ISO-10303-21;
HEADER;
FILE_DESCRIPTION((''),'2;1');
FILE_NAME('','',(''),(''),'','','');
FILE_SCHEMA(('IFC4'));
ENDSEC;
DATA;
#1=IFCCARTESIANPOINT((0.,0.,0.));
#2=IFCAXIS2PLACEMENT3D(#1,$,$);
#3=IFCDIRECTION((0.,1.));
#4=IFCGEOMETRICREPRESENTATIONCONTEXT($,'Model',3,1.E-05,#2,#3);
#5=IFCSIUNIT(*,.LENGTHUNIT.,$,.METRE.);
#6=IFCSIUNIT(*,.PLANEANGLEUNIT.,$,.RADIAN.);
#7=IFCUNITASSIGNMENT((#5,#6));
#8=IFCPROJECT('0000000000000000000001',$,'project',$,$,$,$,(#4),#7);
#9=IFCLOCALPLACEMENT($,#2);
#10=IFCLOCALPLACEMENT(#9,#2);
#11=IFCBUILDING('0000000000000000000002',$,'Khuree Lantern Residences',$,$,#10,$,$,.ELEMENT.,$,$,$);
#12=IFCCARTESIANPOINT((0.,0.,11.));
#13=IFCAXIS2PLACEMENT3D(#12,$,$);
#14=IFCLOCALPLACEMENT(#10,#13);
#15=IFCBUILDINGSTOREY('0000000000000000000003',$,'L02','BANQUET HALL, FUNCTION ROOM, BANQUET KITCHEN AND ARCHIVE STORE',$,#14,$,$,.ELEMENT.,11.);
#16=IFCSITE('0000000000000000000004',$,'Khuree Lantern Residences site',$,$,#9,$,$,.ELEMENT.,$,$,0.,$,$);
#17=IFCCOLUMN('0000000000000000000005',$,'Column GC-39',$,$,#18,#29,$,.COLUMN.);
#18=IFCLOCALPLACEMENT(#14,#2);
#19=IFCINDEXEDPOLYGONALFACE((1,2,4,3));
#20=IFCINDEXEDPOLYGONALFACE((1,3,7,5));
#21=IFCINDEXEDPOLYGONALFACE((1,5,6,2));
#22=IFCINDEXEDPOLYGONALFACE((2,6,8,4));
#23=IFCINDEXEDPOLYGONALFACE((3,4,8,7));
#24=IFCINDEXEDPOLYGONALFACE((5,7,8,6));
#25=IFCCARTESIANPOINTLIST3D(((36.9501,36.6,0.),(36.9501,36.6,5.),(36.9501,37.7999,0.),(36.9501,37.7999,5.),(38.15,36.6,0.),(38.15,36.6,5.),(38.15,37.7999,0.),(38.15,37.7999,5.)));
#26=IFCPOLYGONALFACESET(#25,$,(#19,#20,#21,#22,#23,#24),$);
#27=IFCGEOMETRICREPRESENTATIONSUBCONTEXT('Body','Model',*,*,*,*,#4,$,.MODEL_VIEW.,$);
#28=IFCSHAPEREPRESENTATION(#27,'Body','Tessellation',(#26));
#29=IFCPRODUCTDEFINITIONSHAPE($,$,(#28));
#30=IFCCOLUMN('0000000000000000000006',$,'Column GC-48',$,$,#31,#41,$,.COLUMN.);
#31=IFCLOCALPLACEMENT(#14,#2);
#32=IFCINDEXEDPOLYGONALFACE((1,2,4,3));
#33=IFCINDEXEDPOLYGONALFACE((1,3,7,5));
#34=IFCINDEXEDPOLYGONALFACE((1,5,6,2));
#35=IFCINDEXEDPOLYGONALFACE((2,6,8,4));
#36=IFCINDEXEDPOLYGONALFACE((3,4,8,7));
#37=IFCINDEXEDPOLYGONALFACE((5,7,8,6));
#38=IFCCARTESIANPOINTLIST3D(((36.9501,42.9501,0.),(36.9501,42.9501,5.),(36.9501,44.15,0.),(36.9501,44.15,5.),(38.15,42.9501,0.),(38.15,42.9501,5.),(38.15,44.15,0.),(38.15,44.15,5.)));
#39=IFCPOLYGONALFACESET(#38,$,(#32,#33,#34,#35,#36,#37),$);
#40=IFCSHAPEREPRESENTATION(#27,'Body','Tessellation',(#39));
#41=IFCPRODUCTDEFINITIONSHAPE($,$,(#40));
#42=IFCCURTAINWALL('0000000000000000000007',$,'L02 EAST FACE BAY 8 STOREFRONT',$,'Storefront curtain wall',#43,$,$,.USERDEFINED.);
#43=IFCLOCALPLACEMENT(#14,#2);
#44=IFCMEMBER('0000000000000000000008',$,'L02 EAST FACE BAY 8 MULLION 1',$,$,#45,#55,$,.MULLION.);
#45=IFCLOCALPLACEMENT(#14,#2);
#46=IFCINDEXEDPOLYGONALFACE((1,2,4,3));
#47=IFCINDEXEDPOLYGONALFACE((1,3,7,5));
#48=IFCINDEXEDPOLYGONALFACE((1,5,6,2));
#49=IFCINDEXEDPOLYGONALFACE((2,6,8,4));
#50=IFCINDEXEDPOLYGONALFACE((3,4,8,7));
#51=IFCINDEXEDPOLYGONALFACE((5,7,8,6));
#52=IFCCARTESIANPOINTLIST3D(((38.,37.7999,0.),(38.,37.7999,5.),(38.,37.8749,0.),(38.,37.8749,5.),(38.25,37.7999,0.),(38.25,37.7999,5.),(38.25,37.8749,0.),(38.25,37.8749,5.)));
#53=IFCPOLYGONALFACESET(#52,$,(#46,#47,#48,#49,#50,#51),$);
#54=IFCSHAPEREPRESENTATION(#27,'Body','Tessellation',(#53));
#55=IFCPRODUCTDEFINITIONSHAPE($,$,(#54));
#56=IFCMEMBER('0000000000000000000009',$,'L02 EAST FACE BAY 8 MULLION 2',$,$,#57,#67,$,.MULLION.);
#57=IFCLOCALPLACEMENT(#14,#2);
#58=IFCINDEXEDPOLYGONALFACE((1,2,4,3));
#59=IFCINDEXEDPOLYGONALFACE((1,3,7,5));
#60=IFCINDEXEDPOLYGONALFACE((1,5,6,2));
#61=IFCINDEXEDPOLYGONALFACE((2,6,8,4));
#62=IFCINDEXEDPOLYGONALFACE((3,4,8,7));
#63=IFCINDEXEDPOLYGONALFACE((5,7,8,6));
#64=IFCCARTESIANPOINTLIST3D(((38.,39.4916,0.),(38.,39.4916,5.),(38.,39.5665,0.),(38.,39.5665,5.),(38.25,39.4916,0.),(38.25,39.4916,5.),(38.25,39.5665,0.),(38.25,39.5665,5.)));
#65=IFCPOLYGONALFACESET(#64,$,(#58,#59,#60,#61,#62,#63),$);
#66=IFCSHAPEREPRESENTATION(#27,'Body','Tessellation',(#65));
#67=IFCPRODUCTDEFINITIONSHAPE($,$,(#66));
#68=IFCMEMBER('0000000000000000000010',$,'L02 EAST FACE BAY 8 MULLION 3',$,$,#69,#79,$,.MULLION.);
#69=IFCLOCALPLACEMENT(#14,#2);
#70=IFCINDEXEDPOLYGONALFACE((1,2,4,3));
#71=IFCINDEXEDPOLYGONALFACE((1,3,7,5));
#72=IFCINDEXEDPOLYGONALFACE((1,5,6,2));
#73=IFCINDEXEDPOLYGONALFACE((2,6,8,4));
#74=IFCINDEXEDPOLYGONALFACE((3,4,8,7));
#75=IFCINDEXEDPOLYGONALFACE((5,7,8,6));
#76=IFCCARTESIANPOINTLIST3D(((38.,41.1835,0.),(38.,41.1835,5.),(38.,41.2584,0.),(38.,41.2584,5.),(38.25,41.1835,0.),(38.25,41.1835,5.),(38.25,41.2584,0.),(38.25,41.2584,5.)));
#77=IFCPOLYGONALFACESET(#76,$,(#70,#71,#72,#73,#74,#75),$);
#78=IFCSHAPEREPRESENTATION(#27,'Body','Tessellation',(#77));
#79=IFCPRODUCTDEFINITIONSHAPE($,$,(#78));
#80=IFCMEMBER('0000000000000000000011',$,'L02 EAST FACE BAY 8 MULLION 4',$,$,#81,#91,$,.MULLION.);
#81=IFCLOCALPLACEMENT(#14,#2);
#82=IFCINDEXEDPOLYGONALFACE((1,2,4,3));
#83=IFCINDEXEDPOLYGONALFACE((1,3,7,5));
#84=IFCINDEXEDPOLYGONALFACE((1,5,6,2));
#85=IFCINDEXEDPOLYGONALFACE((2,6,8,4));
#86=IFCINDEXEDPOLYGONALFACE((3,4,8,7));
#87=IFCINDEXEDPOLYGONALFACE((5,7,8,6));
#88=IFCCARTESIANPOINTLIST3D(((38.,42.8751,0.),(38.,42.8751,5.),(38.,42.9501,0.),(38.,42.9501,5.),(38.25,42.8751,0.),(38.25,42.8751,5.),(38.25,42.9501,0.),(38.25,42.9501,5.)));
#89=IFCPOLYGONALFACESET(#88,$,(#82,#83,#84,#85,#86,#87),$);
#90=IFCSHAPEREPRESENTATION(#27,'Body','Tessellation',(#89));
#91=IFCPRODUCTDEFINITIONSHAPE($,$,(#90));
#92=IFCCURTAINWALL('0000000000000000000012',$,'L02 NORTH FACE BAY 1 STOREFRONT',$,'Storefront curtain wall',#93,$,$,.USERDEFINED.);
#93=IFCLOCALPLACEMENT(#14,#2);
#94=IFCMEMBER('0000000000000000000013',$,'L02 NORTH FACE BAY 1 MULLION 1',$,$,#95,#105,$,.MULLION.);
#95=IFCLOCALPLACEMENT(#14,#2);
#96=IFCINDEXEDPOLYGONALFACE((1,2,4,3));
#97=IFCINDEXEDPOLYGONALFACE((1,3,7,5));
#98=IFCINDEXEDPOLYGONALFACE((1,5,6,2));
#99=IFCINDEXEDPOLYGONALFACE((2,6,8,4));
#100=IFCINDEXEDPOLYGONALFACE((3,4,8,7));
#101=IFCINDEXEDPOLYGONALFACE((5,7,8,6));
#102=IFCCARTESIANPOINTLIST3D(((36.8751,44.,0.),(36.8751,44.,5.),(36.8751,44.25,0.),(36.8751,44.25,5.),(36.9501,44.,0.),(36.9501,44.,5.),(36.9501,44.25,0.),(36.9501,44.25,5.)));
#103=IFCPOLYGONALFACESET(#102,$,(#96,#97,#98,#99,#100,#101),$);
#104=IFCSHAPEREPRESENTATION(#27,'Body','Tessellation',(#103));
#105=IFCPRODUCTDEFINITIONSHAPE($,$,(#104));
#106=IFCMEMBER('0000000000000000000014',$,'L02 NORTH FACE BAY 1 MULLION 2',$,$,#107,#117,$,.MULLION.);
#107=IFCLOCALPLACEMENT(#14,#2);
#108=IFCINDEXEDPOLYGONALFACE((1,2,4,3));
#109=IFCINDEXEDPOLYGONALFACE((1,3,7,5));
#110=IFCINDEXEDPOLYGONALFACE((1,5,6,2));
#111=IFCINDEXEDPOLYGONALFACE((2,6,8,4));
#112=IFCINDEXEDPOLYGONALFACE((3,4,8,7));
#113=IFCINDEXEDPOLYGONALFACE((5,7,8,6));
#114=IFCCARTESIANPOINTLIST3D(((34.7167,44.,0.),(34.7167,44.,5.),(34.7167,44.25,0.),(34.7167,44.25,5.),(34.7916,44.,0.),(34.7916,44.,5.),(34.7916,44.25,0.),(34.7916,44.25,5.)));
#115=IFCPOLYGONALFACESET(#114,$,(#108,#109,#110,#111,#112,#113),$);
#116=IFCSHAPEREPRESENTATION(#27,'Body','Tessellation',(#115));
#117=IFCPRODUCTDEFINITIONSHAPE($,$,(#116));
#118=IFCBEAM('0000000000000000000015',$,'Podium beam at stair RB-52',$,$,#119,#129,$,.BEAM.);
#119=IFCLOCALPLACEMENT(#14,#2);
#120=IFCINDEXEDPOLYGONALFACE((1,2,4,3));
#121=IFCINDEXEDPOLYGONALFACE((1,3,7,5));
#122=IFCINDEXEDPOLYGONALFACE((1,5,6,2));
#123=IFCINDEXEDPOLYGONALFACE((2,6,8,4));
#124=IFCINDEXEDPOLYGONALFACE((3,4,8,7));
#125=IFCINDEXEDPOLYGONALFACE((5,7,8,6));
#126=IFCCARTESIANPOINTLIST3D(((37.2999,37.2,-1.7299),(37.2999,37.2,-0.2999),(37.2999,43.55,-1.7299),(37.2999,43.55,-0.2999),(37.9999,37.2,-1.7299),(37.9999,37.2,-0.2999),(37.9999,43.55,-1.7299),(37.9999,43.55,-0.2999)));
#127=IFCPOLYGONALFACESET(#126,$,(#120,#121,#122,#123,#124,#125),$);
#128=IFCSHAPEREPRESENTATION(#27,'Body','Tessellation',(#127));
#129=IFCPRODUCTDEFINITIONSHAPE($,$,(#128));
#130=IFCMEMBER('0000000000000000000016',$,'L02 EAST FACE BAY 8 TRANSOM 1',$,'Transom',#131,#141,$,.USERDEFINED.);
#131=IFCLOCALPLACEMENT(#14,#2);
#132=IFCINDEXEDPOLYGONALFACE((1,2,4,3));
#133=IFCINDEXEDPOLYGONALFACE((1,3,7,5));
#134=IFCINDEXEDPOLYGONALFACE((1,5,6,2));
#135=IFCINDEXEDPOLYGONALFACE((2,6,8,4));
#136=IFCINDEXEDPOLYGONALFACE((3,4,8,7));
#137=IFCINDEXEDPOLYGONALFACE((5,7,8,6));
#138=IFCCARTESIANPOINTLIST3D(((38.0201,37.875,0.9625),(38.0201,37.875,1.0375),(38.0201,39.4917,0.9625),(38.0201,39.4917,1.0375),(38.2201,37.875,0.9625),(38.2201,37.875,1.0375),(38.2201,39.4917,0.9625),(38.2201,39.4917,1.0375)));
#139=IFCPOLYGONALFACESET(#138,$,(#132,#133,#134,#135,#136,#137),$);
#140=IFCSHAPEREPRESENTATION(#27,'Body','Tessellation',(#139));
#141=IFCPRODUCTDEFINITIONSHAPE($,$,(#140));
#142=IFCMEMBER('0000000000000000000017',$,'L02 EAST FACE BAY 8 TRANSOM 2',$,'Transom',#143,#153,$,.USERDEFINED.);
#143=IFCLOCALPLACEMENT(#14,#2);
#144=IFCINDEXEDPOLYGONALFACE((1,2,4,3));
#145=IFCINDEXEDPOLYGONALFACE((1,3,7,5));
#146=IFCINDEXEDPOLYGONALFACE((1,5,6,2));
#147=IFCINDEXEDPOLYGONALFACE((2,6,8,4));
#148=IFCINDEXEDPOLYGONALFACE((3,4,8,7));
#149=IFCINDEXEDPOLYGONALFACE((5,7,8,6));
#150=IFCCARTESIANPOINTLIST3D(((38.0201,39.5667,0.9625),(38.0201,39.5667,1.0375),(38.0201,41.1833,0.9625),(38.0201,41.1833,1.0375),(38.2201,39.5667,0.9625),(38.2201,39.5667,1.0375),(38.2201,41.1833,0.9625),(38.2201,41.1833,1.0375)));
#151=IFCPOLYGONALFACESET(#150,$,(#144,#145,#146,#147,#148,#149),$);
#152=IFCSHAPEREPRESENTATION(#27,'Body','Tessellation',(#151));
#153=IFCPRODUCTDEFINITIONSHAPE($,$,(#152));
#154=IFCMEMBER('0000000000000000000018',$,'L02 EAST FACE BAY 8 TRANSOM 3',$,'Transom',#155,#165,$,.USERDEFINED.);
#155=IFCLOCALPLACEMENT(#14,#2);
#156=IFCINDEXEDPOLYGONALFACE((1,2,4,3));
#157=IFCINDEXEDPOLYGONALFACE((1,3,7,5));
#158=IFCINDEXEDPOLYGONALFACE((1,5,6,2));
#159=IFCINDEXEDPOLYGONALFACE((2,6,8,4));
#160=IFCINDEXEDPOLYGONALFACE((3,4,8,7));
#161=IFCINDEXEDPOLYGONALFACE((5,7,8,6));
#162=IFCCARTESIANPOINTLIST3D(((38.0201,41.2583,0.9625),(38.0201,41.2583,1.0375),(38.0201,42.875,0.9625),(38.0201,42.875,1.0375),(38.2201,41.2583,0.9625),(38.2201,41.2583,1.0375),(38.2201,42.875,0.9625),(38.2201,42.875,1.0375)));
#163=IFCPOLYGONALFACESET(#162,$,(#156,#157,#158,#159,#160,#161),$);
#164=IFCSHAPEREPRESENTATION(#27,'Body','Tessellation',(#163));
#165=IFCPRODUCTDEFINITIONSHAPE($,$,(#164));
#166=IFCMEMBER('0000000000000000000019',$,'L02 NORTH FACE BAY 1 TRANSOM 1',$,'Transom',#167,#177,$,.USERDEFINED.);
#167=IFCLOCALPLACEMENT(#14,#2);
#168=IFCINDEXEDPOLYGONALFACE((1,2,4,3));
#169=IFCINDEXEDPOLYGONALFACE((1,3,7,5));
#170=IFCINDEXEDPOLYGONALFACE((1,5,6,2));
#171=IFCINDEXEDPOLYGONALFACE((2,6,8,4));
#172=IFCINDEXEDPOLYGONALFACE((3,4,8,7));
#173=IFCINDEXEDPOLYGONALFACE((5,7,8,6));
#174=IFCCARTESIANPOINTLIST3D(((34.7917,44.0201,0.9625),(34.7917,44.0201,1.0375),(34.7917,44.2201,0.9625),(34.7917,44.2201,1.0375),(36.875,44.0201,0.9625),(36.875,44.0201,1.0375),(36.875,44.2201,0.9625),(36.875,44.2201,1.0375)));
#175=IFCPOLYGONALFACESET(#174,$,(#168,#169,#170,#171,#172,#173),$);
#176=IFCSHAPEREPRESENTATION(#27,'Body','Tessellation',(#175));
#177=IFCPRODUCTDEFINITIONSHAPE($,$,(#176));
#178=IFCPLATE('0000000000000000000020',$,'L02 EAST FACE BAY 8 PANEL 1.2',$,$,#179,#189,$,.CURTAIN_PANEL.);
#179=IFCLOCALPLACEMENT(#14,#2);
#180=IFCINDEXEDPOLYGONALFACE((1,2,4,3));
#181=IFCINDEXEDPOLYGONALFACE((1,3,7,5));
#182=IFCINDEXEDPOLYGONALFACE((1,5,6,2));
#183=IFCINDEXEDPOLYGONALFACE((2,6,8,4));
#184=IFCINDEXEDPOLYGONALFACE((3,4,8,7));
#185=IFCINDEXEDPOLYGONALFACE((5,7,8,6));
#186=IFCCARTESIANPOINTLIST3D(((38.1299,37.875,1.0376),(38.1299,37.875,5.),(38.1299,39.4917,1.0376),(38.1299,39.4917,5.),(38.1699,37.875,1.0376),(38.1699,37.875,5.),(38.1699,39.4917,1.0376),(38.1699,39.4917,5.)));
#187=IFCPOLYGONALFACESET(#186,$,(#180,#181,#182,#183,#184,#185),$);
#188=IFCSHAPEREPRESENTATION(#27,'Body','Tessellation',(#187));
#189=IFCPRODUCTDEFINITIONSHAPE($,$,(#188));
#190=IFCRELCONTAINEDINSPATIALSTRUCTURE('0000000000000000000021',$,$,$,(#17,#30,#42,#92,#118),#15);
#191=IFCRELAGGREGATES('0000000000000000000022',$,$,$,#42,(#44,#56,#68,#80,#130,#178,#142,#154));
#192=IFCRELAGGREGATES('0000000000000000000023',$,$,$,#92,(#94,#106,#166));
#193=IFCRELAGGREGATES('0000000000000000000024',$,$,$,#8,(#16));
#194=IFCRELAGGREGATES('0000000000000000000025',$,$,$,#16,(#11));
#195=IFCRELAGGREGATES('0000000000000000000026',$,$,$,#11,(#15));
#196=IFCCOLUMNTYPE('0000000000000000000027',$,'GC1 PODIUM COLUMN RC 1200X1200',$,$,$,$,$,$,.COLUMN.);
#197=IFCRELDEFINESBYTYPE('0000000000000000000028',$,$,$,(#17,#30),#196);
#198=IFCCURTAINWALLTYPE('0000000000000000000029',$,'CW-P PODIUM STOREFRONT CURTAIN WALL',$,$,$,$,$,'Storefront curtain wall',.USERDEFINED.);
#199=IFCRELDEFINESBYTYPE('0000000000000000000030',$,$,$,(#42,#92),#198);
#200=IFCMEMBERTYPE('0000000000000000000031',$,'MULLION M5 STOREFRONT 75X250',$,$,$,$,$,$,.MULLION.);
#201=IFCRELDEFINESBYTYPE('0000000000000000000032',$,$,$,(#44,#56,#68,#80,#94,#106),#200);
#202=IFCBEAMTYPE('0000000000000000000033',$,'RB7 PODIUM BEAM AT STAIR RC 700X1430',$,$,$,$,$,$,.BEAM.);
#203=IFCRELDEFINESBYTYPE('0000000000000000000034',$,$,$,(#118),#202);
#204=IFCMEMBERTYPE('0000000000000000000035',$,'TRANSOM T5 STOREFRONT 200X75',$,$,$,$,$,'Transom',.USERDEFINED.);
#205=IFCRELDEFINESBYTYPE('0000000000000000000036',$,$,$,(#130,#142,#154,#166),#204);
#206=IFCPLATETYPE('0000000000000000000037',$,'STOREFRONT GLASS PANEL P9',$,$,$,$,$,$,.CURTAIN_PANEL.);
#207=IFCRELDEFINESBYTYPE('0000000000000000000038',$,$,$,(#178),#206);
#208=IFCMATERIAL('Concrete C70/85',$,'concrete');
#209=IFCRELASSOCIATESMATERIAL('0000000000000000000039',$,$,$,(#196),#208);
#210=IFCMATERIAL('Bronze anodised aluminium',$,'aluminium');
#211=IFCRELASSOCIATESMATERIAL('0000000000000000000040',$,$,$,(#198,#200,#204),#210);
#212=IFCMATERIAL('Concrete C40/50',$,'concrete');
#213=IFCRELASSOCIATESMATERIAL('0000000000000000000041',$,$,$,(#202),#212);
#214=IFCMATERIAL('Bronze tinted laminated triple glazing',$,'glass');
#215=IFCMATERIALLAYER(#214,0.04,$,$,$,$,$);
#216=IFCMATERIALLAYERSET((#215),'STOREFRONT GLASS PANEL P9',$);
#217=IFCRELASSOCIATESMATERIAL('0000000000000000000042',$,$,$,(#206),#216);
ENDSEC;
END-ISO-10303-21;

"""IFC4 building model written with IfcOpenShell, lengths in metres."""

from ifc_helpers import new_model, si_unit, direction, frame, origin, origin_2d, place, context, subcontext, project, spatial, rectangle, extrude, material, layer, layer_set, material_profile, profile_set, type_object, element, aggregate, save


model = new_model("IFC4")

# Units and contexts
model_context = context("Model", 3, precision=1e-05, world=origin(), true_north=direction((0.0, 1.0)))
body_context = subcontext(model_context, "Body", "Model", "MODEL_VIEW")
ifc_project = project(units=[si_unit("LENGTHUNIT", "METRE"), si_unit("PLANEANGLEUNIT", "RADIAN")], contexts=[model_context])

# Site, building, storey
site_placement = place(None, origin())
site = spatial("IfcSite", under=ifc_project, at=site_placement, Name="Khuree Lantern Residences site", CompositionType="ELEMENT", RefElevation=0.0)
building_placement = place(site_placement, origin())
building = spatial("IfcBuilding", under=site, at=building_placement, Name="Khuree Lantern Residences", CompositionType="ELEMENT")
storey_placement = place(building_placement, frame((0.0, 0.0, 11.0)))
storey = spatial("IfcBuildingStorey", under=building, at=storey_placement, Name="L02", Description="BANQUET HALL, FUNCTION ROOM, BANQUET KITCHEN AND ARCHIVE STORE", CompositionType="ELEMENT", Elevation=11.0)

# Columns
ifc_material_1 = material(Name="Concrete C70/85", Category="concrete")
ifc_material_profile_1 = material_profile(ifc_material_1, rectangle(XDim=1.2, YDim=1.2, at=origin_2d()), Name="RC 1200X1200")
ifc_profile_set_1 = profile_set([ifc_material_profile_1], Name="Concrete C70/85")
column_type = type_object("IfcColumnType", Name="GC1 PODIUM COLUMN RC 1200X1200", PredefinedType="COLUMN", material=ifc_profile_set_1)
for number, where, z_axis, x_axis, name in (
    (1, (37.55, 37.2, 0.0), (0.0, 0.0, 1.0), (1.0, 0.0, 0.0), "Column GC-39"),
    (2, (37.55, 43.55, 0.0), (0.0, 0.0, 1.0), (1.0, 0.0, 0.0), "Column GC-48"),
):
    element("IfcColumn", number, at=place(storey_placement, frame(where, z_axis=z_axis, x_axis=x_axis)), inside=storey, type_object=column_type, Name=name, PredefinedType="COLUMN", context=body_context, shape_type="SweptSolid", body=[
        extrude(rectangle(XDim=1.2, YDim=1.2, at=origin_2d()), origin(), (0.0, 0.0, 1.0), 5.0),
    ])

# Curtain walls, members
ifc_material_2 = material(Name="Bronze anodised aluminium", Category="aluminium")
curtain_wall_type = type_object("IfcCurtainWallType", Name="CW-P PODIUM STOREFRONT CURTAIN WALL", ElementType="Storefront curtain wall", PredefinedType="USERDEFINED", material=ifc_material_2)
curtain_wall_1_placement = place(storey_placement, origin())
curtain_wall_1 = element("IfcCurtainWall", 3, at=curtain_wall_1_placement, inside=storey, type_object=curtain_wall_type, Name="L02 EAST FACE BAY 8 STOREFRONT", ObjectType="Storefront curtain wall", PredefinedType="USERDEFINED")
ifc_material_profile_2 = material_profile(ifc_material_2, rectangle(XDim=0.075, YDim=0.25, at=origin_2d()), Name="M5 75X250")
ifc_profile_set_2 = profile_set([ifc_material_profile_2], Name="Bronze anodised aluminium")
member_type_1 = type_object("IfcMemberType", Name="MULLION M5 STOREFRONT 75X250", PredefinedType="MULLION", material=ifc_profile_set_2)
member_1_placement = place(storey_placement, frame((38.125, 37.8374, 0.0), z_axis=(0.0, 0.0, 1.0), x_axis=(0.0, 1.0, 0.0)))
member_1 = element("IfcMember", 4, at=member_1_placement, type_object=member_type_1, Name="L02 EAST FACE BAY 8 MULLION 1", PredefinedType="MULLION", context=body_context, shape_type="SweptSolid", body=[
    extrude(rectangle(XDim=0.075, YDim=0.25, at=origin_2d()), origin(), (0.0, 0.0, 1.0), 5.0),
])
member_2_placement = place(storey_placement, frame((38.125, 39.5291, 0.0), z_axis=(0.0, 0.0, 1.0), x_axis=(0.0, 1.0, 0.0)))
member_2 = element("IfcMember", 5, at=member_2_placement, type_object=member_type_1, Name="L02 EAST FACE BAY 8 MULLION 2", PredefinedType="MULLION", context=body_context, shape_type="SweptSolid", body=[
    extrude(rectangle(XDim=0.075, YDim=0.25, at=origin_2d()), origin(), (0.0, 0.0, 1.0), 5.0),
])
member_3_placement = place(storey_placement, frame((38.125, 41.2209, 0.0), z_axis=(0.0, 0.0, 1.0), x_axis=(0.0, 1.0, 0.0)))
member_3 = element("IfcMember", 6, at=member_3_placement, type_object=member_type_1, Name="L02 EAST FACE BAY 8 MULLION 3", PredefinedType="MULLION", context=body_context, shape_type="SweptSolid", body=[
    extrude(rectangle(XDim=0.075, YDim=0.25, at=origin_2d()), origin(), (0.0, 0.0, 1.0), 5.0),
])
member_4_placement = place(storey_placement, frame((38.125, 42.9126, 0.0), z_axis=(0.0, 0.0, 1.0), x_axis=(0.0, 1.0, 0.0)))
member_4 = element("IfcMember", 7, at=member_4_placement, type_object=member_type_1, Name="L02 EAST FACE BAY 8 MULLION 4", PredefinedType="MULLION", context=body_context, shape_type="SweptSolid", body=[
    extrude(rectangle(XDim=0.075, YDim=0.25, at=origin_2d()), origin(), (0.0, 0.0, 1.0), 5.0),
])
curtain_wall_2_placement = place(storey_placement, origin())
curtain_wall_2 = element("IfcCurtainWall", 8, at=curtain_wall_2_placement, inside=storey, type_object=curtain_wall_type, Name="L02 NORTH FACE BAY 1 STOREFRONT", ObjectType="Storefront curtain wall", PredefinedType="USERDEFINED")
member_5_placement = place(storey_placement, frame((36.9126, 44.125, 0.0), z_axis=(0.0, 0.0, 1.0), x_axis=(-1.0, 0.0, 0.0)))
member_5 = element("IfcMember", 9, at=member_5_placement, type_object=member_type_1, Name="L02 NORTH FACE BAY 1 MULLION 1", PredefinedType="MULLION", context=body_context, shape_type="SweptSolid", body=[
    extrude(rectangle(XDim=0.075, YDim=0.25, at=origin_2d()), origin(), (0.0, 0.0, 1.0), 5.0),
])
member_6_placement = place(storey_placement, frame((34.7542, 44.125, 0.0), z_axis=(0.0, 0.0, 1.0), x_axis=(-1.0, 0.0, 0.0)))
member_6 = element("IfcMember", 10, at=member_6_placement, type_object=member_type_1, Name="L02 NORTH FACE BAY 1 MULLION 2", PredefinedType="MULLION", context=body_context, shape_type="SweptSolid", body=[
    extrude(rectangle(XDim=0.075, YDim=0.25, at=origin_2d()), origin(), (0.0, 0.0, 1.0), 5.0),
])

# Beam
ifc_material_3 = material(Name="Concrete C40/50", Category="concrete")
ifc_material_profile_3 = material_profile(ifc_material_3, rectangle(XDim=0.7, YDim=1.4299, at=origin_2d()), Name="RC 700X1430")
ifc_profile_set_3 = profile_set([ifc_material_profile_3], Name="Concrete C40/50")
beam_type = type_object("IfcBeamType", Name="RB7 PODIUM BEAM AT STAIR RC 700X1430", PredefinedType="BEAM", material=ifc_profile_set_3)
beam_placement = place(storey_placement, frame((37.6499, 37.2, -1.0149), z_axis=(0.0, 1.0, 0.0), x_axis=(-1.0, 0.0, 0.0)))
element("IfcBeam", 11, at=beam_placement, inside=storey, type_object=beam_type, Name="Podium beam at stair RB-52", PredefinedType="BEAM", context=body_context, shape_type="SweptSolid", body=[
    extrude(rectangle(XDim=0.7, YDim=1.4299, at=origin_2d()), origin(), (0.0, 0.0, 1.0), 6.3501),
])

# Members
ifc_material_profile_4 = material_profile(ifc_material_2, rectangle(XDim=0.2, YDim=0.075, at=origin_2d()), Name="T5 200X75")
ifc_profile_set_4 = profile_set([ifc_material_profile_4], Name="Bronze anodised aluminium")
member_type_2 = type_object("IfcMemberType", Name="TRANSOM T5 STOREFRONT 200X75", ElementType="Transom", PredefinedType="USERDEFINED", material=ifc_profile_set_4)
member_7_placement = place(storey_placement, frame((38.1201, 37.875, 1.0), z_axis=(0.0, 1.0, 0.0), x_axis=(-1.0, 0.0, 0.0)))
member_7 = element("IfcMember", 12, at=member_7_placement, type_object=member_type_2, Name="L02 EAST FACE BAY 8 TRANSOM 1", ObjectType="Transom", PredefinedType="USERDEFINED", context=body_context, shape_type="SweptSolid", body=[
    extrude(rectangle(XDim=0.2, YDim=0.075, at=origin_2d()), origin(), (0.0, 0.0, 1.0), 1.6167),
])
member_8_placement = place(storey_placement, frame((38.1201, 39.5667, 1.0), z_axis=(0.0, 1.0, 0.0), x_axis=(-1.0, 0.0, 0.0)))
member_8 = element("IfcMember", 13, at=member_8_placement, type_object=member_type_2, Name="L02 EAST FACE BAY 8 TRANSOM 2", ObjectType="Transom", PredefinedType="USERDEFINED", context=body_context, shape_type="SweptSolid", body=[
    extrude(rectangle(XDim=0.2, YDim=0.075, at=origin_2d()), origin(), (0.0, 0.0, 1.0), 1.6167),
])
member_9_placement = place(storey_placement, frame((38.1201, 41.2583, 1.0), z_axis=(0.0, 1.0, 0.0), x_axis=(-1.0, 0.0, 0.0)))
member_9 = element("IfcMember", 14, at=member_9_placement, type_object=member_type_2, Name="L02 EAST FACE BAY 8 TRANSOM 3", ObjectType="Transom", PredefinedType="USERDEFINED", context=body_context, shape_type="SweptSolid", body=[
    extrude(rectangle(XDim=0.2, YDim=0.075, at=origin_2d()), origin(), (0.0, 0.0, 1.0), 1.6167),
])
member_10_placement = place(storey_placement, frame((36.875, 44.1201, 1.0), z_axis=(-1.0, 0.0, 0.0), x_axis=(0.0, -1.0, 0.0)))
member_10 = element("IfcMember", 15, at=member_10_placement, type_object=member_type_2, Name="L02 NORTH FACE BAY 1 TRANSOM 1", ObjectType="Transom", PredefinedType="USERDEFINED", context=body_context, shape_type="SweptSolid", body=[
    extrude(rectangle(XDim=0.2, YDim=0.075, at=origin_2d()), origin(), (0.0, 0.0, 1.0), 2.0833),
])

# Plate
ifc_material_4 = material(Name="Bronze tinted laminated triple glazing", Category="glass")
ifc_layer_1 = layer(ifc_material_4, 0.04)
ifc_layer_set_1 = layer_set([ifc_layer_1], Name="STOREFRONT GLASS PANEL P9")
plate_type_1 = type_object("IfcPlateType", Name="STOREFRONT GLASS PANEL P9", PredefinedType="CURTAIN_PANEL", material=ifc_layer_set_1)
plate_1_placement = place(storey_placement, frame((38.1499, 38.6833, 1.0376), z_axis=(0.0, 0.0, 1.0), x_axis=(0.0, 1.0, 0.0)))
plate_1 = element("IfcPlate", 16, at=plate_1_placement, type_object=plate_type_1, Name="L02 EAST FACE BAY 8 PANEL 1.2", PredefinedType="CURTAIN_PANEL", context=body_context, shape_type="SweptSolid", body=[
    extrude(rectangle(XDim=1.6167, YDim=0.04, at=origin_2d()), origin(), (0.0, 0.0, 1.0), 3.9624),
])
aggregate(curtain_wall_1, [member_1, member_2, member_3, member_4, member_7, plate_1, member_8, member_9])
aggregate(curtain_wall_2, [member_5, member_6, member_10])

save(model, "model.ifc")
